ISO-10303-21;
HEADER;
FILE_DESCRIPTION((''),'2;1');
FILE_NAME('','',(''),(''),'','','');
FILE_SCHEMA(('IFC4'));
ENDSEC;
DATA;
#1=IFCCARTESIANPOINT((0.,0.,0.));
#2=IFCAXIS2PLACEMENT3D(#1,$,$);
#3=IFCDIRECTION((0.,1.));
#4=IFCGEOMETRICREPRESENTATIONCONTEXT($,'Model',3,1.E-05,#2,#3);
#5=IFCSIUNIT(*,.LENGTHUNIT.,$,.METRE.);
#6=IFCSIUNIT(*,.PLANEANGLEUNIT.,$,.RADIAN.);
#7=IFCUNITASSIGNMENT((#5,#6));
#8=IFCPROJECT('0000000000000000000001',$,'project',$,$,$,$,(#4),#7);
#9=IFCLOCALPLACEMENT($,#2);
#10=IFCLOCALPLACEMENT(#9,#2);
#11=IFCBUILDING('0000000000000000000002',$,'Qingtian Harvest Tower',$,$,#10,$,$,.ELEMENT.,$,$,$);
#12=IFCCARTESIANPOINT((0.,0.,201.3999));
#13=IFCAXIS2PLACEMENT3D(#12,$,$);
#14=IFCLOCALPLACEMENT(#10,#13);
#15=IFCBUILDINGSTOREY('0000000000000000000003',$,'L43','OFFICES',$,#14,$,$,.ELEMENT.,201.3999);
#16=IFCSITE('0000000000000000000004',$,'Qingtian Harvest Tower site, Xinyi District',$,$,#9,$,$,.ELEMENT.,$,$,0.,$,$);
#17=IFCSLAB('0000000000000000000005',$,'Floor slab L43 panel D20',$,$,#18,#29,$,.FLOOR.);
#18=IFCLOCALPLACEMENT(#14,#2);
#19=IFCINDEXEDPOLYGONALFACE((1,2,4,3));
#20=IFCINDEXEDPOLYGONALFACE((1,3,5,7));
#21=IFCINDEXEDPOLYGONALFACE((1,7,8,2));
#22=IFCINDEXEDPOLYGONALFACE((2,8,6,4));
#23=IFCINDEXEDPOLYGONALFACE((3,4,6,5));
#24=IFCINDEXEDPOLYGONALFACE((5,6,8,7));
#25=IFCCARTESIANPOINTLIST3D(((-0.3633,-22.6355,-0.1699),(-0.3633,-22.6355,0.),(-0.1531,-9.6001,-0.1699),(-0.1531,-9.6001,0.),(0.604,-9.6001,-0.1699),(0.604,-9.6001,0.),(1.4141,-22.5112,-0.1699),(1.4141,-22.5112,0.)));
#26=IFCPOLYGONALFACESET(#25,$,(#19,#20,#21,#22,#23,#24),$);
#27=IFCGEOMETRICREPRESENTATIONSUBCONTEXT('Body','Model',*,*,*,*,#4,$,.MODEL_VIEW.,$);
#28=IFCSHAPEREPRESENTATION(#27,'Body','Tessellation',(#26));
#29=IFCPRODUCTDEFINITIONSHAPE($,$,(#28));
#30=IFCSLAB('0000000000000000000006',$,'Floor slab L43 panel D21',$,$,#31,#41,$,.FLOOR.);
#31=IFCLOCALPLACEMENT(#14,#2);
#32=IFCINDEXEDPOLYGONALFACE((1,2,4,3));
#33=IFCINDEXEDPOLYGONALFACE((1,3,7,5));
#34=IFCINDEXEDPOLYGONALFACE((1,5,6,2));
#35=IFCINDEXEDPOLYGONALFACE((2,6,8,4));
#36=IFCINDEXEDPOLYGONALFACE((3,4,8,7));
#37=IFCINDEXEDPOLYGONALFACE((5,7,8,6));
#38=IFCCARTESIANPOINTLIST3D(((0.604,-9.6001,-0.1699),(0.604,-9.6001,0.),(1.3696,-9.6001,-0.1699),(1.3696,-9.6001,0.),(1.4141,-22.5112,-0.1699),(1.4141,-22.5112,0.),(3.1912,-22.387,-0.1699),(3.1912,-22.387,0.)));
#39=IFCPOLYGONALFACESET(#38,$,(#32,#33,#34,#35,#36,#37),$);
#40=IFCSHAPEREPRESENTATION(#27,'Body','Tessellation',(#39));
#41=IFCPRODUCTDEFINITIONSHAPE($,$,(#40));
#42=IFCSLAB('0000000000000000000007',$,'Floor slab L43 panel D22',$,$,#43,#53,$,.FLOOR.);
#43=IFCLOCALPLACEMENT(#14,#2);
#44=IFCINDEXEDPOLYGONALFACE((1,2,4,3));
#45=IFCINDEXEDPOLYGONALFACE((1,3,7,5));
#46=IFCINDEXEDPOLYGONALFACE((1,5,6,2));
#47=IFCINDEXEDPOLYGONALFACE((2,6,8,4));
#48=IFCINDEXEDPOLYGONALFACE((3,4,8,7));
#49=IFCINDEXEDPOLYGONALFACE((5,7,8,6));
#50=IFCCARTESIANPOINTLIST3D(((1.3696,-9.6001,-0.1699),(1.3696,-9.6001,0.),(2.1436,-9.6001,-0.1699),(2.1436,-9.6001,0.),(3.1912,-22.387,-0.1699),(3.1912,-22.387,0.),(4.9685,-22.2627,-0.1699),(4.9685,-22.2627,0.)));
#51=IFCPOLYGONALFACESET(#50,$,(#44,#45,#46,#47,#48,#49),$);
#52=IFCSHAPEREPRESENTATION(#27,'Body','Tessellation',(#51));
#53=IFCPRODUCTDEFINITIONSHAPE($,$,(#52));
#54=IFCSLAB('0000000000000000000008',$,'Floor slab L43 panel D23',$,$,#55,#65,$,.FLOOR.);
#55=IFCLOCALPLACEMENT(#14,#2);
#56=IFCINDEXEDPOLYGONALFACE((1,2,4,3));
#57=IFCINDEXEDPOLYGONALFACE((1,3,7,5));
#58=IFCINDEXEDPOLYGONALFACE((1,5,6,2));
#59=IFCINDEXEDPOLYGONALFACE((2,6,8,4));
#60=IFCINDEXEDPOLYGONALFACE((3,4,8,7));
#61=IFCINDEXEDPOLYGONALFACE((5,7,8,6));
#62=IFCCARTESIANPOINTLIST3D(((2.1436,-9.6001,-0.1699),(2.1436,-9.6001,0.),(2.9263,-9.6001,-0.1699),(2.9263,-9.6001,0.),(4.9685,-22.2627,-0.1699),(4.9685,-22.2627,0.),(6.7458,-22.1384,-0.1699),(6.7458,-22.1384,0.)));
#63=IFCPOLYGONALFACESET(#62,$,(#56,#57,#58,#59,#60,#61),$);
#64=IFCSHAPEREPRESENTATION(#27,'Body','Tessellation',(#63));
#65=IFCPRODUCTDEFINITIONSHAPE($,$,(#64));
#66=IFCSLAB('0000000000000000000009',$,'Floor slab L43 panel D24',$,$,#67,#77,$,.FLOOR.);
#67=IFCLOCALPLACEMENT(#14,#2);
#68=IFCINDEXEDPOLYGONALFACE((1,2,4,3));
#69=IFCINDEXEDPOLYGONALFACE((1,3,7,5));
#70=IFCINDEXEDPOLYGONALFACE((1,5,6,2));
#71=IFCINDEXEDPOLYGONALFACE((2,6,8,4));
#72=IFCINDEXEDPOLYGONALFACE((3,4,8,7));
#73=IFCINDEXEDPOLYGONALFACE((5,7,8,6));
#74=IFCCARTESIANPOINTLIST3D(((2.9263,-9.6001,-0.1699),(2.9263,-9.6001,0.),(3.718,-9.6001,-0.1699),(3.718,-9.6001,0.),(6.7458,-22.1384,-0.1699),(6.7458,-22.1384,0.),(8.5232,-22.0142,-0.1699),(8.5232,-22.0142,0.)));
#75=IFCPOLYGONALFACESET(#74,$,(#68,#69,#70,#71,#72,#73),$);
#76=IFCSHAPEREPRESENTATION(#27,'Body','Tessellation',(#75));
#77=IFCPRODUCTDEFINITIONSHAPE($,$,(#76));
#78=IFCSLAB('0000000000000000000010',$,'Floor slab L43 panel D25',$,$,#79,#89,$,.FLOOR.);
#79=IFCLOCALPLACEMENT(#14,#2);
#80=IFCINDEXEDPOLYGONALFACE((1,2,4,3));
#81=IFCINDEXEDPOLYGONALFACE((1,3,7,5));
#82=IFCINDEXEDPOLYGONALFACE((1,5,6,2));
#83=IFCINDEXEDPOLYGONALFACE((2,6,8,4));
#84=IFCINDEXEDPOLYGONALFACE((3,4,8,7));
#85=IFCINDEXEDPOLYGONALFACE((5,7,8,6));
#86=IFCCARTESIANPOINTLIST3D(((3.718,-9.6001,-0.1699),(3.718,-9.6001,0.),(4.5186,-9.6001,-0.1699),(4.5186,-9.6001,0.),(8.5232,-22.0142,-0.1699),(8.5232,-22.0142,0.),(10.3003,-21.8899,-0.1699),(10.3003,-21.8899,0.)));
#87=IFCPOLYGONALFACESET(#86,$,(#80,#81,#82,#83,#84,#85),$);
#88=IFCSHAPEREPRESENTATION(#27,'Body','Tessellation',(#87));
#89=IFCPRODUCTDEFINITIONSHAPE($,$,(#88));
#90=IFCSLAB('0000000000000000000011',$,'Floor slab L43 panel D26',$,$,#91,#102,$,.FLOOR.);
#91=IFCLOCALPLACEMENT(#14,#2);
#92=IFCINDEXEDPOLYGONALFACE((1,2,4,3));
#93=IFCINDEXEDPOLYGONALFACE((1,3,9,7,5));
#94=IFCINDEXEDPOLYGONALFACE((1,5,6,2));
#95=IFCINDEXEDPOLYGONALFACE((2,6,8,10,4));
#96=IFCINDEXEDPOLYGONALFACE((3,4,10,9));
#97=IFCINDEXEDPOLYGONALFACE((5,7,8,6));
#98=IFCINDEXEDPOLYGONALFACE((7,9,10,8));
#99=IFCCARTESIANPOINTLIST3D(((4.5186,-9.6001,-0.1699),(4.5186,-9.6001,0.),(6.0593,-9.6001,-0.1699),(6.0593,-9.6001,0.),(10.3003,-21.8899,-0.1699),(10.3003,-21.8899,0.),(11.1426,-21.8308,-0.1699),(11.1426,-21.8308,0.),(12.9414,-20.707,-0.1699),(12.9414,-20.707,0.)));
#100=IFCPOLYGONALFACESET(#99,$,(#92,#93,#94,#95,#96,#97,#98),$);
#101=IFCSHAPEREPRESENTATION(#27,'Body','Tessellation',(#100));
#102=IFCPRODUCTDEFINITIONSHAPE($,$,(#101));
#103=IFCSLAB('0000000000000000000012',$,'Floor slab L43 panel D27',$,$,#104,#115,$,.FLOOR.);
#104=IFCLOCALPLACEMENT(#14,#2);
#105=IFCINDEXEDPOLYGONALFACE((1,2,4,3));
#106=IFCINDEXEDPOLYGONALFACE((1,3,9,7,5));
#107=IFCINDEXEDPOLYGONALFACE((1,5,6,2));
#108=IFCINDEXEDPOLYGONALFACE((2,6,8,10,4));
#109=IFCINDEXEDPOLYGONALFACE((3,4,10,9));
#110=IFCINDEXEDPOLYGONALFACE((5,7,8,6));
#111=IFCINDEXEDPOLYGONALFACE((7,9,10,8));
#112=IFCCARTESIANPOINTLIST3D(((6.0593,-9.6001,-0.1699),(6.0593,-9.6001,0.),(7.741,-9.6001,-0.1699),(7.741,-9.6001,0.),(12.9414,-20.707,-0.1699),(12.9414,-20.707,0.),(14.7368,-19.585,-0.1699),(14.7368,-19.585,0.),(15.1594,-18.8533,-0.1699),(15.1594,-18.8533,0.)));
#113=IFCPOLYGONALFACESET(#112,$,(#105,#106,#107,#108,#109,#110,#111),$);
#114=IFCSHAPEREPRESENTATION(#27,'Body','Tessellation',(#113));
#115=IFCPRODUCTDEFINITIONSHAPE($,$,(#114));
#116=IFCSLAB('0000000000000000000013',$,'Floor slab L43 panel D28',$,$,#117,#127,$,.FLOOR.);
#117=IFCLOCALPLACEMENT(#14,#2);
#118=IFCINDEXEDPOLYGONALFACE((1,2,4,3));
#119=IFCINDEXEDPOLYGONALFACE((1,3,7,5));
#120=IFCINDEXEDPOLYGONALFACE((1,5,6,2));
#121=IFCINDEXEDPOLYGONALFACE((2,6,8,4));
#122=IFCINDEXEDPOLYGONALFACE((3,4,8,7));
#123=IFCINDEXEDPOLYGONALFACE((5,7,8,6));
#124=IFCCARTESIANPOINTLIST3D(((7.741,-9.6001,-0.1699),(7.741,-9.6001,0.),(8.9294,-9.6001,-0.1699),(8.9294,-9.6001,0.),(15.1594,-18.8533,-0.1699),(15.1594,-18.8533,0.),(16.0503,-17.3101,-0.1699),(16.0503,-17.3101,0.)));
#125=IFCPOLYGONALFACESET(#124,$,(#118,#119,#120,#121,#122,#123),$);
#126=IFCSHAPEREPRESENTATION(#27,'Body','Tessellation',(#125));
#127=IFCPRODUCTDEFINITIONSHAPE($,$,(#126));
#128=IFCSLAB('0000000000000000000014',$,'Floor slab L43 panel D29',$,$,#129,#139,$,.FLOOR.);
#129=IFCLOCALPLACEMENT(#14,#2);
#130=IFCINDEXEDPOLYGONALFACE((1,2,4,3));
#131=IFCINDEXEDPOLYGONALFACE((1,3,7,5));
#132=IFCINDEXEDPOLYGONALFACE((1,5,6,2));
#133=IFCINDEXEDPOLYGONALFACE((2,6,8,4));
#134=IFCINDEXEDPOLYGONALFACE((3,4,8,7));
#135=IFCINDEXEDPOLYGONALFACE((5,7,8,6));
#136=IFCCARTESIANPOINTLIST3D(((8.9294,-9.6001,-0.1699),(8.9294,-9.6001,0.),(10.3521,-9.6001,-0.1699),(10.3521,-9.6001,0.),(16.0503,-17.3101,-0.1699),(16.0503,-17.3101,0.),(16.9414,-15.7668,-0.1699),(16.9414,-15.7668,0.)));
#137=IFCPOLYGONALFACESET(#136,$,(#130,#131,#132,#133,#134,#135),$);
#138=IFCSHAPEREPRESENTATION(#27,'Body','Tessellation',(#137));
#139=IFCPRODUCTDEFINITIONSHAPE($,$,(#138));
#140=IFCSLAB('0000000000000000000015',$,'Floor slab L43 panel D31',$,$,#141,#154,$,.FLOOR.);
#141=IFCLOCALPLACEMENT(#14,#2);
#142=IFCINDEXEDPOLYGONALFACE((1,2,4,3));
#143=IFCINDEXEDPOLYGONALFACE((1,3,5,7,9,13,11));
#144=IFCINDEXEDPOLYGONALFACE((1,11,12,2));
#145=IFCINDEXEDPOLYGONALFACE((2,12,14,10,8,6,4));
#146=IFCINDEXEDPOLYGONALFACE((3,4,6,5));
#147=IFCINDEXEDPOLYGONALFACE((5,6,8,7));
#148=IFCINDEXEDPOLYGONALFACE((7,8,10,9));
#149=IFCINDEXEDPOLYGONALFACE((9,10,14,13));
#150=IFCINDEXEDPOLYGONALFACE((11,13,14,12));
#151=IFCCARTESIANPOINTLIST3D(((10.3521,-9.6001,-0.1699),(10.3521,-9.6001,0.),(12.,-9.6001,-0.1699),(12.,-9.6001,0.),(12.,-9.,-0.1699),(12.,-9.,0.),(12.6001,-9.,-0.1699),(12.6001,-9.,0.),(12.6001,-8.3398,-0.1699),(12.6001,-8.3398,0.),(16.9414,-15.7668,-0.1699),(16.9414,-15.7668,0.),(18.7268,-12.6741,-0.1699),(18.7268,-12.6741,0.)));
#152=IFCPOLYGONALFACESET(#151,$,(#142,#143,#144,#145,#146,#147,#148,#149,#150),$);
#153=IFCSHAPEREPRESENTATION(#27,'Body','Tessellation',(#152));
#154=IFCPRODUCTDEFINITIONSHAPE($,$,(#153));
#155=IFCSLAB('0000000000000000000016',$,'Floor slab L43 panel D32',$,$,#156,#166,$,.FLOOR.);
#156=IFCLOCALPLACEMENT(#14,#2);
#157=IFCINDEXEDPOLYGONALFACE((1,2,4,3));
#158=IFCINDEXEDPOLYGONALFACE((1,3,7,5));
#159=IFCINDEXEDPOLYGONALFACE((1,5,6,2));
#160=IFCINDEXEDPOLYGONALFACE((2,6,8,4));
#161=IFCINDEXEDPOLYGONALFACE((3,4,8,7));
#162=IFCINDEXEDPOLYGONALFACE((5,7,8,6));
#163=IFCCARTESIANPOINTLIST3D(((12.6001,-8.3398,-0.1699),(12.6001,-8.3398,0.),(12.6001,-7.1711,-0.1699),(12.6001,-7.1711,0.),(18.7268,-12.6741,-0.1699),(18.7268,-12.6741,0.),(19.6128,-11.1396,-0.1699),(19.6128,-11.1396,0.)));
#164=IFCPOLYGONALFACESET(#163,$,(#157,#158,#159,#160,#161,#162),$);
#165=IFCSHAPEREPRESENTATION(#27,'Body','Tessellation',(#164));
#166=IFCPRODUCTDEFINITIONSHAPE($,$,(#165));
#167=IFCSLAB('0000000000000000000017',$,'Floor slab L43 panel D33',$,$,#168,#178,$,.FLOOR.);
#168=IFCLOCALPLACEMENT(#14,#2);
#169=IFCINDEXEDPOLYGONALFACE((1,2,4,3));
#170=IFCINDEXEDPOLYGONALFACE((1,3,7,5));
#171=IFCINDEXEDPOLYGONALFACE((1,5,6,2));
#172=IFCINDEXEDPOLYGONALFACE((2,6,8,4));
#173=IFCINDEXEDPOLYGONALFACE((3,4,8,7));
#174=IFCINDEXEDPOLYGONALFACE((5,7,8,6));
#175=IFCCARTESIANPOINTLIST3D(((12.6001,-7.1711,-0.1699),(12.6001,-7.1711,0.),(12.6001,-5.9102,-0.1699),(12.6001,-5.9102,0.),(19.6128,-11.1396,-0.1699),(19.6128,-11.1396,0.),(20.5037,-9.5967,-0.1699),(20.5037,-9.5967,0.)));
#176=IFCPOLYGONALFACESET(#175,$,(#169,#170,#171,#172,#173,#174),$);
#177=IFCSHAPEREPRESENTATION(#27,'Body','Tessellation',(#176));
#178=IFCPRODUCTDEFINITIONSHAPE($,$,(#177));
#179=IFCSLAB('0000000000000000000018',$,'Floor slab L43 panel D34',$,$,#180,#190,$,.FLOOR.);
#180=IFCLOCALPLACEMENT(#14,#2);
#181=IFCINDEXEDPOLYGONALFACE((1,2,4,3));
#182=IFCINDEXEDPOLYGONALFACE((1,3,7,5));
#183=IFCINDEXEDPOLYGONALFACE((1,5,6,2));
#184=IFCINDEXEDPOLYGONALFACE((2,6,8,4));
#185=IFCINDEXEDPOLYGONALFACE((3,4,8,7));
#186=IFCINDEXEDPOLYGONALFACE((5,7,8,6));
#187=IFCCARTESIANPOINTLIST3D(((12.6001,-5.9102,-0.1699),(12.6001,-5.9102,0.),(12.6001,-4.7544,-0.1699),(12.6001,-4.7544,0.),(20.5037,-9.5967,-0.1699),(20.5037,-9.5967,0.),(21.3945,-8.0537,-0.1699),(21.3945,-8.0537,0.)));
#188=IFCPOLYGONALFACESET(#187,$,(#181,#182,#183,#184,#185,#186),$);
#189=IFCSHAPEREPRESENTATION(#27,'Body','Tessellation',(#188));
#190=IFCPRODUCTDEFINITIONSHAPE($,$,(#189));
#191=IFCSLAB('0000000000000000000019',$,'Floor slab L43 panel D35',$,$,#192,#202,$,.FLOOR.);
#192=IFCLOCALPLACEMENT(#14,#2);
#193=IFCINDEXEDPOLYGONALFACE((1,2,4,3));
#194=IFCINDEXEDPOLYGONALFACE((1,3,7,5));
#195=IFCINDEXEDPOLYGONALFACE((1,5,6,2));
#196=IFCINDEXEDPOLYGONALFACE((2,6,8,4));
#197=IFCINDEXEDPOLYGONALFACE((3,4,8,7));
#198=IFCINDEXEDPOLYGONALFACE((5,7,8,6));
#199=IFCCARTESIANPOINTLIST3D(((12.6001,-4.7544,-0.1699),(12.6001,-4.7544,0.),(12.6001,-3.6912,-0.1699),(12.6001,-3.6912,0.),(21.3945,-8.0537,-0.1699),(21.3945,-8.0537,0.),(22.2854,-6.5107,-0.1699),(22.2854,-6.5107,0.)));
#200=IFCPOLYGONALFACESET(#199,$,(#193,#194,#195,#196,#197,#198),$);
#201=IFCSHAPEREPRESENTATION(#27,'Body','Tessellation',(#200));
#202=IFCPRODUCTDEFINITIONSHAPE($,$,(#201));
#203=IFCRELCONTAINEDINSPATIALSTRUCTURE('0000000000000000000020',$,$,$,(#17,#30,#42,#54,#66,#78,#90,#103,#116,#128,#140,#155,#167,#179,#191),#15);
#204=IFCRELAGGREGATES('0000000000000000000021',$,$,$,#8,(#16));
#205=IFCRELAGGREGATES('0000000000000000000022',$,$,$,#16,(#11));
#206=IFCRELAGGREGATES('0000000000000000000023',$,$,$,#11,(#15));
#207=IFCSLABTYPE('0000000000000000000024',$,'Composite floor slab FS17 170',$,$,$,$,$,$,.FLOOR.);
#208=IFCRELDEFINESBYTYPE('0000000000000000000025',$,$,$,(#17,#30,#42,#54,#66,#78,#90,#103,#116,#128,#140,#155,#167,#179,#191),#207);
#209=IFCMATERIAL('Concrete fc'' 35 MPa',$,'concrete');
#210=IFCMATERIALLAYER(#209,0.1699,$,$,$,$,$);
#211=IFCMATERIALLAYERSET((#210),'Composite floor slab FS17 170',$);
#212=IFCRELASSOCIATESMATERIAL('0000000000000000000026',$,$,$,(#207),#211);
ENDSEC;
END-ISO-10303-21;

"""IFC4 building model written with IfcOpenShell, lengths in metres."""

from ifc_helpers import new_model, si_unit, direction, frame, origin, place, context, subcontext, project, spatial, polyline, outline, extrude, material, layer, layer_set, type_object, element, save


model = new_model("IFC4")

# Units and contexts
model_context = context("Model", 3, precision=1e-05, world=origin(), true_north=direction((0.0, 1.0)))
body_context = subcontext(model_context, "Body", "Model", "MODEL_VIEW")
ifc_project = project(units=[si_unit("LENGTHUNIT", "METRE"), si_unit("PLANEANGLEUNIT", "RADIAN")], contexts=[model_context])

# Site, building, storey
site_placement = place(None, origin())
site = spatial("IfcSite", under=ifc_project, at=site_placement, Name="Qingtian Harvest Tower site, Xinyi District", CompositionType="ELEMENT", RefElevation=0.0)
building_placement = place(site_placement, origin())
building = spatial("IfcBuilding", under=site, at=building_placement, Name="Qingtian Harvest Tower", CompositionType="ELEMENT")
storey_placement = place(building_placement, frame((0.0, 0.0, 201.3999)))
storey = spatial("IfcBuildingStorey", under=building, at=storey_placement, Name="L43", Description="OFFICES", CompositionType="ELEMENT", Elevation=201.3999)

# Slabs
ifc_material = material(Name="Concrete fc' 35 MPa", Category="concrete")
ifc_layer = layer(ifc_material, 0.1699)
ifc_layer_set = layer_set([ifc_layer], Name="Composite floor slab FS17 170")
slab_type = type_object("IfcSlabType", Name="Composite floor slab FS17 170", PredefinedType="FLOOR", material=ifc_layer_set)
slab_1_placement = place(storey_placement, frame((0.0, 0.0, -0.1699)))
element("IfcSlab", 1, at=slab_1_placement, inside=storey, type_object=slab_type, Name="Floor slab L43 panel D20", PredefinedType="FLOOR", context=body_context, shape_type="SweptSolid", body=[
    extrude(outline(polyline([(0.604, -9.6001), (1.4141, -22.5112), (-0.3633, -22.6355), (-0.1531, -9.6001), (0.604, -9.6001)])), origin(), (0.0, 0.0, 1.0), 0.1699),
])
slab_2_placement = place(storey_placement, frame((0.0, 0.0, -0.1699)))
element("IfcSlab", 2, at=slab_2_placement, inside=storey, type_object=slab_type, Name="Floor slab L43 panel D21", PredefinedType="FLOOR", context=body_context, shape_type="SweptSolid", body=[
    extrude(outline(polyline([(1.3696, -9.6001), (3.1912, -22.387), (1.4141, -22.5112), (0.604, -9.6001), (1.3696, -9.6001)])), origin(), (0.0, 0.0, 1.0), 0.1699),
])
slab_3_placement = place(storey_placement, frame((0.0, 0.0, -0.1699)))
element("IfcSlab", 3, at=slab_3_placement, inside=storey, type_object=slab_type, Name="Floor slab L43 panel D22", PredefinedType="FLOOR", context=body_context, shape_type="SweptSolid", body=[
    extrude(outline(polyline([(2.1436, -9.6001), (4.9685, -22.2627), (3.1912, -22.387), (1.3696, -9.6001), (2.1436, -9.6001)])), origin(), (0.0, 0.0, 1.0), 0.1699),
])
slab_4_placement = place(storey_placement, frame((0.0, 0.0, -0.1699)))
element("IfcSlab", 4, at=slab_4_placement, inside=storey, type_object=slab_type, Name="Floor slab L43 panel D23", PredefinedType="FLOOR", context=body_context, shape_type="SweptSolid", body=[
    extrude(outline(polyline([(2.9263, -9.6001), (6.7458, -22.1384), (4.9685, -22.2627), (2.1436, -9.6001), (2.9263, -9.6001)])), origin(), (0.0, 0.0, 1.0), 0.1699),
])
slab_5_placement = place(storey_placement, frame((0.0, 0.0, -0.1699)))
element("IfcSlab", 5, at=slab_5_placement, inside=storey, type_object=slab_type, Name="Floor slab L43 panel D24", PredefinedType="FLOOR", context=body_context, shape_type="SweptSolid", body=[
    extrude(outline(polyline([(3.718, -9.6001), (8.5232, -22.0142), (6.7458, -22.1384), (2.9263, -9.6001), (3.718, -9.6001)])), origin(), (0.0, 0.0, 1.0), 0.1699),
])
slab_6_placement = place(storey_placement, frame((0.0, 0.0, -0.1699)))
element("IfcSlab", 6, at=slab_6_placement, inside=storey, type_object=slab_type, Name="Floor slab L43 panel D25", PredefinedType="FLOOR", context=body_context, shape_type="SweptSolid", body=[
    extrude(outline(polyline([(4.5186, -9.6001), (10.3003, -21.8899), (8.5232, -22.0142), (3.718, -9.6001), (4.5186, -9.6001)])), origin(), (0.0, 0.0, 1.0), 0.1699),
])
slab_7_placement = place(storey_placement, frame((0.0, 0.0, -0.1699)))
element("IfcSlab", 7, at=slab_7_placement, inside=storey, type_object=slab_type, Name="Floor slab L43 panel D26", PredefinedType="FLOOR", context=body_context, shape_type="SweptSolid", body=[
    extrude(outline(polyline([(4.5186, -9.6001), (6.0593, -9.6001), (12.9414, -20.707), (11.1426, -21.8308), (10.3003, -21.8899), (4.5186, -9.6001)])), origin(), (0.0, 0.0, 1.0), 0.1699),
])
slab_8_placement = place(storey_placement, frame((0.0, 0.0, -0.1699)))
element("IfcSlab", 8, at=slab_8_placement, inside=storey, type_object=slab_type, Name="Floor slab L43 panel D27", PredefinedType="FLOOR", context=body_context, shape_type="SweptSolid", body=[
    extrude(outline(polyline([(6.0593, -9.6001), (7.741, -9.6001), (15.1594, -18.8533), (14.7368, -19.585), (12.9414, -20.707), (6.0593, -9.6001)])), origin(), (0.0, 0.0, 1.0), 0.1699),
])
slab_9_placement = place(storey_placement, frame((0.0, 0.0, -0.1699)))
element("IfcSlab", 9, at=slab_9_placement, inside=storey, type_object=slab_type, Name="Floor slab L43 panel D28", PredefinedType="FLOOR", context=body_context, shape_type="SweptSolid", body=[
    extrude(outline(polyline([(8.9294, -9.6001), (16.0503, -17.3101), (15.1594, -18.8533), (7.741, -9.6001), (8.9294, -9.6001)])), origin(), (0.0, 0.0, 1.0), 0.1699),
])
slab_10_placement = place(storey_placement, frame((0.0, 0.0, -0.1699)))
element("IfcSlab", 10, at=slab_10_placement, inside=storey, type_object=slab_type, Name="Floor slab L43 panel D29", PredefinedType="FLOOR", context=body_context, shape_type="SweptSolid", body=[
    extrude(outline(polyline([(10.3521, -9.6001), (16.9414, -15.7668), (16.0503, -17.3101), (8.9294, -9.6001), (10.3521, -9.6001)])), origin(), (0.0, 0.0, 1.0), 0.1699),
])
slab_11_placement = place(storey_placement, frame((0.0, 0.0, -0.1699)))
element("IfcSlab", 11, at=slab_11_placement, inside=storey, type_object=slab_type, Name="Floor slab L43 panel D31", PredefinedType="FLOOR", context=body_context, shape_type="SweptSolid", body=[
    extrude(outline(polyline([(12.6001, -8.3398), (18.7268, -12.6741), (16.9414, -15.7668), (10.3521, -9.6001), (12.0, -9.6001), (12.0, -9.0), (12.6001, -9.0), (12.6001, -8.3398)])), origin(), (0.0, 0.0, 1.0), 0.1699),
])
slab_12_placement = place(storey_placement, frame((0.0, 0.0, -0.1699)))
element("IfcSlab", 12, at=slab_12_placement, inside=storey, type_object=slab_type, Name="Floor slab L43 panel D32", PredefinedType="FLOOR", context=body_context, shape_type="SweptSolid", body=[
    extrude(outline(polyline([(12.6001, -7.1711), (19.6128, -11.1396), (18.7268, -12.6741), (12.6001, -8.3398), (12.6001, -7.1711)])), origin(), (0.0, 0.0, 1.0), 0.1699),
])
slab_13_placement = place(storey_placement, frame((0.0, 0.0, -0.1699)))
element("IfcSlab", 13, at=slab_13_placement, inside=storey, type_object=slab_type, Name="Floor slab L43 panel D33", PredefinedType="FLOOR", context=body_context, shape_type="SweptSolid", body=[
    extrude(outline(polyline([(12.6001, -5.9102), (20.5037, -9.5967), (19.6128, -11.1396), (12.6001, -7.1711), (12.6001, -5.9102)])), origin(), (0.0, 0.0, 1.0), 0.1699),
])
slab_14_placement = place(storey_placement, frame((0.0, 0.0, -0.1699)))
element("IfcSlab", 14, at=slab_14_placement, inside=storey, type_object=slab_type, Name="Floor slab L43 panel D34", PredefinedType="FLOOR", context=body_context, shape_type="SweptSolid", body=[
    extrude(outline(polyline([(12.6001, -4.7544), (21.3945, -8.0537), (20.5037, -9.5967), (12.6001, -5.9102), (12.6001, -4.7544)])), origin(), (0.0, 0.0, 1.0), 0.1699),
])
slab_15_placement = place(storey_placement, frame((0.0, 0.0, -0.1699)))
element("IfcSlab", 15, at=slab_15_placement, inside=storey, type_object=slab_type, Name="Floor slab L43 panel D35", PredefinedType="FLOOR", context=body_context, shape_type="SweptSolid", body=[
    extrude(outline(polyline([(12.6001, -3.6912), (22.2854, -6.5107), (21.3945, -8.0537), (12.6001, -4.7544), (12.6001, -3.6912)])), origin(), (0.0, 0.0, 1.0), 0.1699),
])

save(model, "model.ifc")
